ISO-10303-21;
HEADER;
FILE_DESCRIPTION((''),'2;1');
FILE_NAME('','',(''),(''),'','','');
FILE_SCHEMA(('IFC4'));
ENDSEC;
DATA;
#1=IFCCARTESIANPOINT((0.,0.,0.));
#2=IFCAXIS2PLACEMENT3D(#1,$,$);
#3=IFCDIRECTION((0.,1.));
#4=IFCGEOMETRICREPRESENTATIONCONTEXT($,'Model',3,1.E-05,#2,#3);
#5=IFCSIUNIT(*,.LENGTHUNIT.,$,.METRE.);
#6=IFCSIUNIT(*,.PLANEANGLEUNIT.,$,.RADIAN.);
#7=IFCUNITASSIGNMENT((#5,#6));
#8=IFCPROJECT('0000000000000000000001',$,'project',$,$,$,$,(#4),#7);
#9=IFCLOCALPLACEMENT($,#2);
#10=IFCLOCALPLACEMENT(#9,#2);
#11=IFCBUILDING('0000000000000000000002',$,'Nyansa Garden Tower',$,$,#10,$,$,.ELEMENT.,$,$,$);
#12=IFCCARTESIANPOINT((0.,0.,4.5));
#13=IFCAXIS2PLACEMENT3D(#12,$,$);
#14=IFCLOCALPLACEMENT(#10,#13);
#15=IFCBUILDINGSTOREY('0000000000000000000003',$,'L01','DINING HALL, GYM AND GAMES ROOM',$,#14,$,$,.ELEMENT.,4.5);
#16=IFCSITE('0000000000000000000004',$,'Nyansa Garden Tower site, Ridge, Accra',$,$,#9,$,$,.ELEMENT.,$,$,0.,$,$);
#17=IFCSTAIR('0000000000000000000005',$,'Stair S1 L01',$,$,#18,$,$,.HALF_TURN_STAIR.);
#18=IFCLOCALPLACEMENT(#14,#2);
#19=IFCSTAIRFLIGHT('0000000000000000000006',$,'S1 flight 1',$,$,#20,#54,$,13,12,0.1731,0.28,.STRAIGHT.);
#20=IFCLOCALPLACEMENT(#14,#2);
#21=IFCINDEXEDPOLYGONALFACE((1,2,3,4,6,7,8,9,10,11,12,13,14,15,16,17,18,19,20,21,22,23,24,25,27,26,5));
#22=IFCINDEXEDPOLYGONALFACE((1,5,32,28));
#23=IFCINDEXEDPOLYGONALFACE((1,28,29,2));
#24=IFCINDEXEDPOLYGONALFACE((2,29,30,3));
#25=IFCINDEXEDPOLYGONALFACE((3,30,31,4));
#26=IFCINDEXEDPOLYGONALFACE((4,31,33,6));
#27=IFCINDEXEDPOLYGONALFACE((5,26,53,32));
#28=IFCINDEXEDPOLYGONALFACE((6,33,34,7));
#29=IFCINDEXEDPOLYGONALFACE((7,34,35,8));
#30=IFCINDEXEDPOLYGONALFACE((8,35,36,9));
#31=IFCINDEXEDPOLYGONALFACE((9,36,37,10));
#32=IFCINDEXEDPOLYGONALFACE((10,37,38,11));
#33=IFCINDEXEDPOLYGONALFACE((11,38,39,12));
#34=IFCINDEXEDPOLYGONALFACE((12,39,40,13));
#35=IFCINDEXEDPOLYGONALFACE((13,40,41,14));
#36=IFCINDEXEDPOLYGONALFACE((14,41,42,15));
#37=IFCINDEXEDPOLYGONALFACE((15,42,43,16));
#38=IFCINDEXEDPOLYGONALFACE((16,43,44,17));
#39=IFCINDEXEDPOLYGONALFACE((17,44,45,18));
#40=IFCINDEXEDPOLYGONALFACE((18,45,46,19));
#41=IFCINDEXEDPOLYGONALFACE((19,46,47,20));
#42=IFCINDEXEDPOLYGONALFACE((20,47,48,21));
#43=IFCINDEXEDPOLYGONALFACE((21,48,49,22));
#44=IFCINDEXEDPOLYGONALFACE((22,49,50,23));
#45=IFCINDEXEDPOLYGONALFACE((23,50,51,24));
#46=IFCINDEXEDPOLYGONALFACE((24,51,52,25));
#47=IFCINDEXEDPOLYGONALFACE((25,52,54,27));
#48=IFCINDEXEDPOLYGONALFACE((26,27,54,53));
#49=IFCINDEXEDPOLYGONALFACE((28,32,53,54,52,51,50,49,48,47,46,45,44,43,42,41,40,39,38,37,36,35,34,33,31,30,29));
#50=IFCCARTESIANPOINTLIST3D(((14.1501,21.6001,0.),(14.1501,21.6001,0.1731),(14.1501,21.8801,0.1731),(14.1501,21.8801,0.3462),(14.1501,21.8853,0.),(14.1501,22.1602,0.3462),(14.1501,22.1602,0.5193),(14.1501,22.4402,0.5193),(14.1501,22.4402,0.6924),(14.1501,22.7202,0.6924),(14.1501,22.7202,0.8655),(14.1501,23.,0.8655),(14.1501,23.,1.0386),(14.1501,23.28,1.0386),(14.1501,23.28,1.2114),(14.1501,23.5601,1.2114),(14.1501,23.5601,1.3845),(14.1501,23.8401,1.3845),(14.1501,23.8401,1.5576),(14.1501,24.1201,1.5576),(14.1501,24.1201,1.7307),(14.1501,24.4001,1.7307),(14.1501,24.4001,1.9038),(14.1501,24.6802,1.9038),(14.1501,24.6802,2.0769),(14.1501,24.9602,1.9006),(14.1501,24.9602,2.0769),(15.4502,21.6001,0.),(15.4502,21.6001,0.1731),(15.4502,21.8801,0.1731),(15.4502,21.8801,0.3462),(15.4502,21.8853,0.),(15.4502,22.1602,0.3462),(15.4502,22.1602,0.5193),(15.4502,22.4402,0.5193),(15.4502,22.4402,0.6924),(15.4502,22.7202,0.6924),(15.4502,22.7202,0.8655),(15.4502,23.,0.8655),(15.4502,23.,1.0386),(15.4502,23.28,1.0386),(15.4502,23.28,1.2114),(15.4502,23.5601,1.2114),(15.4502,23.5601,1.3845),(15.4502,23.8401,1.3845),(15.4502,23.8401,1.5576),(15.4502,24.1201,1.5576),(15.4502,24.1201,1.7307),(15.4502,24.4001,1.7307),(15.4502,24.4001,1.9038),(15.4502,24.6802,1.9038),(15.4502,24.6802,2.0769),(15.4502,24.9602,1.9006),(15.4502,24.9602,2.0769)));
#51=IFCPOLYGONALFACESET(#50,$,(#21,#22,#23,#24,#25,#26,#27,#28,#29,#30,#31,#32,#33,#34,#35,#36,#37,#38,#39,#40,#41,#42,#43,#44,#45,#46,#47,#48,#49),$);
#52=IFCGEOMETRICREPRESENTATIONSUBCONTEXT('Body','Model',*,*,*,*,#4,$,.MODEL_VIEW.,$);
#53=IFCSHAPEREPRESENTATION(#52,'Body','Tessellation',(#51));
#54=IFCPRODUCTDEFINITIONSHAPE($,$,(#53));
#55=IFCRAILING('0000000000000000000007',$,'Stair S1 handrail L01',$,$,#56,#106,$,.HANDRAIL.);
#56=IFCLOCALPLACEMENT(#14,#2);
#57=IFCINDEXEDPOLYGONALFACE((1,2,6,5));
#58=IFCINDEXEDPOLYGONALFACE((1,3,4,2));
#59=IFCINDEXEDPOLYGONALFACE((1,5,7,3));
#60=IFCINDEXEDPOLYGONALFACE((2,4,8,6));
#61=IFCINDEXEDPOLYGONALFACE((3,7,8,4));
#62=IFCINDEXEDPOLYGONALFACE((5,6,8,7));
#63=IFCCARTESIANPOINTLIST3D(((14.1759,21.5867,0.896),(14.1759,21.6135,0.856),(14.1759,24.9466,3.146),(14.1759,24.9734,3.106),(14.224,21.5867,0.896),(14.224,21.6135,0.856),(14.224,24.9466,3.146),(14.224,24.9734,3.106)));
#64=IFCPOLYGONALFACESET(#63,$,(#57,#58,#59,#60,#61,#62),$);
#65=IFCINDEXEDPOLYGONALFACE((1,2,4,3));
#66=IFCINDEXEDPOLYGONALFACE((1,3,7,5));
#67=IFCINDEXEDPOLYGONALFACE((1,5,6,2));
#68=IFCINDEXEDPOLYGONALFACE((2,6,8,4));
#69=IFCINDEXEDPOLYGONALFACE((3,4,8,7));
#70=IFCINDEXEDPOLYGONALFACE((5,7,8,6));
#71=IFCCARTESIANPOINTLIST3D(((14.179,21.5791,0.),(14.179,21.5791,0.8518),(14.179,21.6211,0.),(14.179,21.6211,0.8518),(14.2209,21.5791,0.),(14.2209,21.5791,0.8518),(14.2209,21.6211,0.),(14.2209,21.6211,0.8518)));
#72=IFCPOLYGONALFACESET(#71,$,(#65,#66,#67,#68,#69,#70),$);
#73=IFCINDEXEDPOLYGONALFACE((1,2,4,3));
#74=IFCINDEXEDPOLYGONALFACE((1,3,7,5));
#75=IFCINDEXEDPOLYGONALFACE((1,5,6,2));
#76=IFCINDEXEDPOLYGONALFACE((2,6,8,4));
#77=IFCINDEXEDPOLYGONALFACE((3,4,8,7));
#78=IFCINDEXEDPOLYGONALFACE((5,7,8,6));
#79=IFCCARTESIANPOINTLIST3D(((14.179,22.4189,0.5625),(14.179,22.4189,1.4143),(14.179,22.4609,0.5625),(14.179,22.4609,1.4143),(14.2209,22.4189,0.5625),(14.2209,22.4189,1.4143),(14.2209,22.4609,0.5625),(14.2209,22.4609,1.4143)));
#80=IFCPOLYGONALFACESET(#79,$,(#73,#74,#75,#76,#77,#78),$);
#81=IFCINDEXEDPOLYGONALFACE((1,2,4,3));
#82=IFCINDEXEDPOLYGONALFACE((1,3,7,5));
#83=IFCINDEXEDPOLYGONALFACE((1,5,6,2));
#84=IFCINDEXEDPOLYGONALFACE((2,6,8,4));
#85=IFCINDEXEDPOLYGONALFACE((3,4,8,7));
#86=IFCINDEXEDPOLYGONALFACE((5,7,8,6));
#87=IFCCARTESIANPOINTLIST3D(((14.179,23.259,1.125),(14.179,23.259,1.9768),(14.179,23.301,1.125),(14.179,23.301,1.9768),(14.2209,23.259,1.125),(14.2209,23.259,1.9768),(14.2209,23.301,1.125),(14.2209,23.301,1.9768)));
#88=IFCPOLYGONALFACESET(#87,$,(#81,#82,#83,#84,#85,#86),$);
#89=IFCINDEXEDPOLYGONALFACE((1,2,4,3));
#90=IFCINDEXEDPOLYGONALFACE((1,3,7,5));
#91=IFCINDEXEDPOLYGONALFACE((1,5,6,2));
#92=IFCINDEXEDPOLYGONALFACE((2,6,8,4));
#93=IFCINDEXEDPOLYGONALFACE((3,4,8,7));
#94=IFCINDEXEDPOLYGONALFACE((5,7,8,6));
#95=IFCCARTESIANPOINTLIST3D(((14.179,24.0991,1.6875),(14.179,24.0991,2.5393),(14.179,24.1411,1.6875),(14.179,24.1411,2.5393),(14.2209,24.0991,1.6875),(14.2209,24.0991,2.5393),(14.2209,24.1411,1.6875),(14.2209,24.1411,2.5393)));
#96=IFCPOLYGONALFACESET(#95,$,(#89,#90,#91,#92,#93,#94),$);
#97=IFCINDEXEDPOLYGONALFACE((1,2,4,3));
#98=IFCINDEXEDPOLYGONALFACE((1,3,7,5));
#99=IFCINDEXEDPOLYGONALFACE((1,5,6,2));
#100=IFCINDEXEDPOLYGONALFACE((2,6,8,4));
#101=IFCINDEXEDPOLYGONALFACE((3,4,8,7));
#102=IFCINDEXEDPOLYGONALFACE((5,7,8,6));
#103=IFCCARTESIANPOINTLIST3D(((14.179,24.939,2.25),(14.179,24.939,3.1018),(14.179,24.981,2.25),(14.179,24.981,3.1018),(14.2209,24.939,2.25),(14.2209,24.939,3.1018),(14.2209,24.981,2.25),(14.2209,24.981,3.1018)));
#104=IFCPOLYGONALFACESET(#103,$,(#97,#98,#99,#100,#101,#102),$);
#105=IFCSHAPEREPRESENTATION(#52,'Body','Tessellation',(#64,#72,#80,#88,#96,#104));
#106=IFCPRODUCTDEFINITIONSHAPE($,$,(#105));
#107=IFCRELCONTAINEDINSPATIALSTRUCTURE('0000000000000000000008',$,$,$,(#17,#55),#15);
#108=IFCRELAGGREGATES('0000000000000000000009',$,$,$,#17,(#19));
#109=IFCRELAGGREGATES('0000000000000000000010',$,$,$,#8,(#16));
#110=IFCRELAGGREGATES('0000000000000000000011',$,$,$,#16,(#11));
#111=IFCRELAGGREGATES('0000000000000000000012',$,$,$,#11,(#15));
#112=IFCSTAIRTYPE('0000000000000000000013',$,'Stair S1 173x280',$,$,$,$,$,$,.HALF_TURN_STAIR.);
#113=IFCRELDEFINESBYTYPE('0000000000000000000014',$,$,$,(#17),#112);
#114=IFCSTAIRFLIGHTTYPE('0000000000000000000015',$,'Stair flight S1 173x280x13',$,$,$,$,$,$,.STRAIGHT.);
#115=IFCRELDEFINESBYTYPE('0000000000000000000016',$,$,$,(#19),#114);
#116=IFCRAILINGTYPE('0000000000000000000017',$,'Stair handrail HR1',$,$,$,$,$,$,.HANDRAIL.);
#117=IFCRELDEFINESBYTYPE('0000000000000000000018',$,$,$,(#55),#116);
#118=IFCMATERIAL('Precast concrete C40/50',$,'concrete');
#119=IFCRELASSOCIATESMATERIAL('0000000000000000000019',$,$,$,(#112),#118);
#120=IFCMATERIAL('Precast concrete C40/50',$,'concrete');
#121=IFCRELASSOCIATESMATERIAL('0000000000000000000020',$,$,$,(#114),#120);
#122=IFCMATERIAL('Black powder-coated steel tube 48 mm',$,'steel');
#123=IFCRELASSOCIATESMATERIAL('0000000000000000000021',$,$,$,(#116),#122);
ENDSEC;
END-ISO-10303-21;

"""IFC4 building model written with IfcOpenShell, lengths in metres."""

from ifc_helpers import new_model, si_unit, direction, frame, origin, origin_2d, place, context, subcontext, project, spatial, polyline, rectangle, outline, extrude, material, type_object, element, aggregate, save


model = new_model("IFC4")

# Units and contexts
model_context = context("Model", 3, precision=1e-05, world=origin(), true_north=direction((0.0, 1.0)))
body_context = subcontext(model_context, "Body", "Model", "MODEL_VIEW")
ifc_project = project(units=[si_unit("LENGTHUNIT", "METRE"), si_unit("PLANEANGLEUNIT", "RADIAN")], contexts=[model_context])

# Site, building, storey
site_placement = place(None, origin())
site = spatial("IfcSite", under=ifc_project, at=site_placement, Name="Nyansa Garden Tower site, Ridge, Accra", CompositionType="ELEMENT", RefElevation=0.0)
building_placement = place(site_placement, origin())
building = spatial("IfcBuilding", under=site, at=building_placement, Name="Nyansa Garden Tower", CompositionType="ELEMENT")
storey_placement = place(building_placement, frame((0.0, 0.0, 4.5)))
storey = spatial("IfcBuildingStorey", under=building, at=storey_placement, Name="L01", Description="DINING HALL, GYM AND GAMES ROOM", CompositionType="ELEMENT", Elevation=4.5)

# Stair, stair flight
ifc_material_1 = material(Name="Precast concrete C40/50", Category="concrete")
stair_type = type_object("IfcStairType", Name="Stair S1 173x280", PredefinedType="HALF_TURN_STAIR", material=ifc_material_1)
stair_placement = place(storey_placement, origin())
stair = element("IfcStair", 1, at=stair_placement, inside=storey, type_object=stair_type, Name="Stair S1 L01", PredefinedType="HALF_TURN_STAIR")
ifc_material_2 = material(Name="Precast concrete C40/50", Category="concrete")
stair_flight_type = type_object("IfcStairFlightType", Name="Stair flight S1 173x280x13", PredefinedType="STRAIGHT", material=ifc_material_2)
stair_flight_placement = place(storey_placement, frame((14.8, 21.6001, 0.0), z_axis=(0.0, 0.0, 1.0), x_axis=(0.0, 1.0, 0.0)))
stair_flight = element("IfcStairFlight", 2, at=stair_flight_placement, type_object=stair_flight_type, Name="S1 flight 1", NumberOfRisers=13, NumberOfTreads=12, PredefinedType="STRAIGHT", RiserHeight=0.1731, TreadLength=0.28, context=body_context, shape_type="SweptSolid", body=[
    extrude(outline(polyline([(0.0, 0.0), (0.0, 0.1731), (0.28, 0.1731), (0.28, 0.3462), (0.5601, 0.3462), (0.5601, 0.5193), (0.8401, 0.5193), (0.8401, 0.6924), (1.1201, 0.6924), (1.1201, 0.8655), (1.3999, 0.8655), (1.3999, 1.0386), (1.6799, 1.0386), (1.6799, 1.2114), (1.96, 1.2114), (1.96, 1.3845), (2.24, 1.3845), (2.24, 1.5576), (2.52, 1.5576), (2.52, 1.7307), (2.8, 1.7307), (2.8, 1.9038), (3.0801, 1.9038), (3.0801, 2.0769), (3.3601, 2.0769), (3.3601, 2.25), (3.3601, 1.9006), (0.2852, 0.0), (0.0, 0.0)])), frame((0.0, 0.6499, 0.0), z_axis=(0.0, -1.0, 0.0), x_axis=(1.0, 0.0, 0.0)), (0.0, 0.0, 1.0), 1.3),
])
aggregate(stair, [stair_flight])

# Railing
ifc_material_3 = material(Name="Black powder-coated steel tube 48 mm", Category="steel")
railing_type = type_object("IfcRailingType", Name="Stair handrail HR1", PredefinedType="HANDRAIL", material=ifc_material_3)
railing_placement = place(storey_placement, frame((14.2, 21.6001, 0.0)))
element("IfcRailing", 3, at=railing_placement, inside=storey, type_object=railing_type, Name="Stair S1 handrail L01", PredefinedType="HANDRAIL", context=body_context, shape_type="SweptSolid", body=[
    extrude(rectangle(XDim=0.0481, YDim=0.0481, at=origin_2d()), frame((0.0, 0.0, 0.876), z_axis=(0.0, 0.830897, 0.556427), x_axis=(-1.0, 0.0, 0.0)), (0.0, 0.0, 1.0), 4.0437),
    extrude(rectangle(XDim=0.042, YDim=0.042, at=origin_2d()), origin(), (0.0, 0.0, 1.0), 0.8518),
    extrude(rectangle(XDim=0.042, YDim=0.042, at=origin_2d()), frame((0.0, 0.8398, 0.5625)), (0.0, 0.0, 1.0), 0.8518),
    extrude(rectangle(XDim=0.042, YDim=0.042, at=origin_2d()), frame((0.0, 1.6799, 1.125)), (0.0, 0.0, 1.0), 0.8518),
    extrude(rectangle(XDim=0.042, YDim=0.042, at=origin_2d()), frame((0.0, 2.52, 1.6875)), (0.0, 0.0, 1.0), 0.8518),
    extrude(rectangle(XDim=0.042, YDim=0.042, at=origin_2d()), frame((0.0, 3.3599, 2.25)), (0.0, 0.0, 1.0), 0.8518),
])

save(model, "model.ifc")
